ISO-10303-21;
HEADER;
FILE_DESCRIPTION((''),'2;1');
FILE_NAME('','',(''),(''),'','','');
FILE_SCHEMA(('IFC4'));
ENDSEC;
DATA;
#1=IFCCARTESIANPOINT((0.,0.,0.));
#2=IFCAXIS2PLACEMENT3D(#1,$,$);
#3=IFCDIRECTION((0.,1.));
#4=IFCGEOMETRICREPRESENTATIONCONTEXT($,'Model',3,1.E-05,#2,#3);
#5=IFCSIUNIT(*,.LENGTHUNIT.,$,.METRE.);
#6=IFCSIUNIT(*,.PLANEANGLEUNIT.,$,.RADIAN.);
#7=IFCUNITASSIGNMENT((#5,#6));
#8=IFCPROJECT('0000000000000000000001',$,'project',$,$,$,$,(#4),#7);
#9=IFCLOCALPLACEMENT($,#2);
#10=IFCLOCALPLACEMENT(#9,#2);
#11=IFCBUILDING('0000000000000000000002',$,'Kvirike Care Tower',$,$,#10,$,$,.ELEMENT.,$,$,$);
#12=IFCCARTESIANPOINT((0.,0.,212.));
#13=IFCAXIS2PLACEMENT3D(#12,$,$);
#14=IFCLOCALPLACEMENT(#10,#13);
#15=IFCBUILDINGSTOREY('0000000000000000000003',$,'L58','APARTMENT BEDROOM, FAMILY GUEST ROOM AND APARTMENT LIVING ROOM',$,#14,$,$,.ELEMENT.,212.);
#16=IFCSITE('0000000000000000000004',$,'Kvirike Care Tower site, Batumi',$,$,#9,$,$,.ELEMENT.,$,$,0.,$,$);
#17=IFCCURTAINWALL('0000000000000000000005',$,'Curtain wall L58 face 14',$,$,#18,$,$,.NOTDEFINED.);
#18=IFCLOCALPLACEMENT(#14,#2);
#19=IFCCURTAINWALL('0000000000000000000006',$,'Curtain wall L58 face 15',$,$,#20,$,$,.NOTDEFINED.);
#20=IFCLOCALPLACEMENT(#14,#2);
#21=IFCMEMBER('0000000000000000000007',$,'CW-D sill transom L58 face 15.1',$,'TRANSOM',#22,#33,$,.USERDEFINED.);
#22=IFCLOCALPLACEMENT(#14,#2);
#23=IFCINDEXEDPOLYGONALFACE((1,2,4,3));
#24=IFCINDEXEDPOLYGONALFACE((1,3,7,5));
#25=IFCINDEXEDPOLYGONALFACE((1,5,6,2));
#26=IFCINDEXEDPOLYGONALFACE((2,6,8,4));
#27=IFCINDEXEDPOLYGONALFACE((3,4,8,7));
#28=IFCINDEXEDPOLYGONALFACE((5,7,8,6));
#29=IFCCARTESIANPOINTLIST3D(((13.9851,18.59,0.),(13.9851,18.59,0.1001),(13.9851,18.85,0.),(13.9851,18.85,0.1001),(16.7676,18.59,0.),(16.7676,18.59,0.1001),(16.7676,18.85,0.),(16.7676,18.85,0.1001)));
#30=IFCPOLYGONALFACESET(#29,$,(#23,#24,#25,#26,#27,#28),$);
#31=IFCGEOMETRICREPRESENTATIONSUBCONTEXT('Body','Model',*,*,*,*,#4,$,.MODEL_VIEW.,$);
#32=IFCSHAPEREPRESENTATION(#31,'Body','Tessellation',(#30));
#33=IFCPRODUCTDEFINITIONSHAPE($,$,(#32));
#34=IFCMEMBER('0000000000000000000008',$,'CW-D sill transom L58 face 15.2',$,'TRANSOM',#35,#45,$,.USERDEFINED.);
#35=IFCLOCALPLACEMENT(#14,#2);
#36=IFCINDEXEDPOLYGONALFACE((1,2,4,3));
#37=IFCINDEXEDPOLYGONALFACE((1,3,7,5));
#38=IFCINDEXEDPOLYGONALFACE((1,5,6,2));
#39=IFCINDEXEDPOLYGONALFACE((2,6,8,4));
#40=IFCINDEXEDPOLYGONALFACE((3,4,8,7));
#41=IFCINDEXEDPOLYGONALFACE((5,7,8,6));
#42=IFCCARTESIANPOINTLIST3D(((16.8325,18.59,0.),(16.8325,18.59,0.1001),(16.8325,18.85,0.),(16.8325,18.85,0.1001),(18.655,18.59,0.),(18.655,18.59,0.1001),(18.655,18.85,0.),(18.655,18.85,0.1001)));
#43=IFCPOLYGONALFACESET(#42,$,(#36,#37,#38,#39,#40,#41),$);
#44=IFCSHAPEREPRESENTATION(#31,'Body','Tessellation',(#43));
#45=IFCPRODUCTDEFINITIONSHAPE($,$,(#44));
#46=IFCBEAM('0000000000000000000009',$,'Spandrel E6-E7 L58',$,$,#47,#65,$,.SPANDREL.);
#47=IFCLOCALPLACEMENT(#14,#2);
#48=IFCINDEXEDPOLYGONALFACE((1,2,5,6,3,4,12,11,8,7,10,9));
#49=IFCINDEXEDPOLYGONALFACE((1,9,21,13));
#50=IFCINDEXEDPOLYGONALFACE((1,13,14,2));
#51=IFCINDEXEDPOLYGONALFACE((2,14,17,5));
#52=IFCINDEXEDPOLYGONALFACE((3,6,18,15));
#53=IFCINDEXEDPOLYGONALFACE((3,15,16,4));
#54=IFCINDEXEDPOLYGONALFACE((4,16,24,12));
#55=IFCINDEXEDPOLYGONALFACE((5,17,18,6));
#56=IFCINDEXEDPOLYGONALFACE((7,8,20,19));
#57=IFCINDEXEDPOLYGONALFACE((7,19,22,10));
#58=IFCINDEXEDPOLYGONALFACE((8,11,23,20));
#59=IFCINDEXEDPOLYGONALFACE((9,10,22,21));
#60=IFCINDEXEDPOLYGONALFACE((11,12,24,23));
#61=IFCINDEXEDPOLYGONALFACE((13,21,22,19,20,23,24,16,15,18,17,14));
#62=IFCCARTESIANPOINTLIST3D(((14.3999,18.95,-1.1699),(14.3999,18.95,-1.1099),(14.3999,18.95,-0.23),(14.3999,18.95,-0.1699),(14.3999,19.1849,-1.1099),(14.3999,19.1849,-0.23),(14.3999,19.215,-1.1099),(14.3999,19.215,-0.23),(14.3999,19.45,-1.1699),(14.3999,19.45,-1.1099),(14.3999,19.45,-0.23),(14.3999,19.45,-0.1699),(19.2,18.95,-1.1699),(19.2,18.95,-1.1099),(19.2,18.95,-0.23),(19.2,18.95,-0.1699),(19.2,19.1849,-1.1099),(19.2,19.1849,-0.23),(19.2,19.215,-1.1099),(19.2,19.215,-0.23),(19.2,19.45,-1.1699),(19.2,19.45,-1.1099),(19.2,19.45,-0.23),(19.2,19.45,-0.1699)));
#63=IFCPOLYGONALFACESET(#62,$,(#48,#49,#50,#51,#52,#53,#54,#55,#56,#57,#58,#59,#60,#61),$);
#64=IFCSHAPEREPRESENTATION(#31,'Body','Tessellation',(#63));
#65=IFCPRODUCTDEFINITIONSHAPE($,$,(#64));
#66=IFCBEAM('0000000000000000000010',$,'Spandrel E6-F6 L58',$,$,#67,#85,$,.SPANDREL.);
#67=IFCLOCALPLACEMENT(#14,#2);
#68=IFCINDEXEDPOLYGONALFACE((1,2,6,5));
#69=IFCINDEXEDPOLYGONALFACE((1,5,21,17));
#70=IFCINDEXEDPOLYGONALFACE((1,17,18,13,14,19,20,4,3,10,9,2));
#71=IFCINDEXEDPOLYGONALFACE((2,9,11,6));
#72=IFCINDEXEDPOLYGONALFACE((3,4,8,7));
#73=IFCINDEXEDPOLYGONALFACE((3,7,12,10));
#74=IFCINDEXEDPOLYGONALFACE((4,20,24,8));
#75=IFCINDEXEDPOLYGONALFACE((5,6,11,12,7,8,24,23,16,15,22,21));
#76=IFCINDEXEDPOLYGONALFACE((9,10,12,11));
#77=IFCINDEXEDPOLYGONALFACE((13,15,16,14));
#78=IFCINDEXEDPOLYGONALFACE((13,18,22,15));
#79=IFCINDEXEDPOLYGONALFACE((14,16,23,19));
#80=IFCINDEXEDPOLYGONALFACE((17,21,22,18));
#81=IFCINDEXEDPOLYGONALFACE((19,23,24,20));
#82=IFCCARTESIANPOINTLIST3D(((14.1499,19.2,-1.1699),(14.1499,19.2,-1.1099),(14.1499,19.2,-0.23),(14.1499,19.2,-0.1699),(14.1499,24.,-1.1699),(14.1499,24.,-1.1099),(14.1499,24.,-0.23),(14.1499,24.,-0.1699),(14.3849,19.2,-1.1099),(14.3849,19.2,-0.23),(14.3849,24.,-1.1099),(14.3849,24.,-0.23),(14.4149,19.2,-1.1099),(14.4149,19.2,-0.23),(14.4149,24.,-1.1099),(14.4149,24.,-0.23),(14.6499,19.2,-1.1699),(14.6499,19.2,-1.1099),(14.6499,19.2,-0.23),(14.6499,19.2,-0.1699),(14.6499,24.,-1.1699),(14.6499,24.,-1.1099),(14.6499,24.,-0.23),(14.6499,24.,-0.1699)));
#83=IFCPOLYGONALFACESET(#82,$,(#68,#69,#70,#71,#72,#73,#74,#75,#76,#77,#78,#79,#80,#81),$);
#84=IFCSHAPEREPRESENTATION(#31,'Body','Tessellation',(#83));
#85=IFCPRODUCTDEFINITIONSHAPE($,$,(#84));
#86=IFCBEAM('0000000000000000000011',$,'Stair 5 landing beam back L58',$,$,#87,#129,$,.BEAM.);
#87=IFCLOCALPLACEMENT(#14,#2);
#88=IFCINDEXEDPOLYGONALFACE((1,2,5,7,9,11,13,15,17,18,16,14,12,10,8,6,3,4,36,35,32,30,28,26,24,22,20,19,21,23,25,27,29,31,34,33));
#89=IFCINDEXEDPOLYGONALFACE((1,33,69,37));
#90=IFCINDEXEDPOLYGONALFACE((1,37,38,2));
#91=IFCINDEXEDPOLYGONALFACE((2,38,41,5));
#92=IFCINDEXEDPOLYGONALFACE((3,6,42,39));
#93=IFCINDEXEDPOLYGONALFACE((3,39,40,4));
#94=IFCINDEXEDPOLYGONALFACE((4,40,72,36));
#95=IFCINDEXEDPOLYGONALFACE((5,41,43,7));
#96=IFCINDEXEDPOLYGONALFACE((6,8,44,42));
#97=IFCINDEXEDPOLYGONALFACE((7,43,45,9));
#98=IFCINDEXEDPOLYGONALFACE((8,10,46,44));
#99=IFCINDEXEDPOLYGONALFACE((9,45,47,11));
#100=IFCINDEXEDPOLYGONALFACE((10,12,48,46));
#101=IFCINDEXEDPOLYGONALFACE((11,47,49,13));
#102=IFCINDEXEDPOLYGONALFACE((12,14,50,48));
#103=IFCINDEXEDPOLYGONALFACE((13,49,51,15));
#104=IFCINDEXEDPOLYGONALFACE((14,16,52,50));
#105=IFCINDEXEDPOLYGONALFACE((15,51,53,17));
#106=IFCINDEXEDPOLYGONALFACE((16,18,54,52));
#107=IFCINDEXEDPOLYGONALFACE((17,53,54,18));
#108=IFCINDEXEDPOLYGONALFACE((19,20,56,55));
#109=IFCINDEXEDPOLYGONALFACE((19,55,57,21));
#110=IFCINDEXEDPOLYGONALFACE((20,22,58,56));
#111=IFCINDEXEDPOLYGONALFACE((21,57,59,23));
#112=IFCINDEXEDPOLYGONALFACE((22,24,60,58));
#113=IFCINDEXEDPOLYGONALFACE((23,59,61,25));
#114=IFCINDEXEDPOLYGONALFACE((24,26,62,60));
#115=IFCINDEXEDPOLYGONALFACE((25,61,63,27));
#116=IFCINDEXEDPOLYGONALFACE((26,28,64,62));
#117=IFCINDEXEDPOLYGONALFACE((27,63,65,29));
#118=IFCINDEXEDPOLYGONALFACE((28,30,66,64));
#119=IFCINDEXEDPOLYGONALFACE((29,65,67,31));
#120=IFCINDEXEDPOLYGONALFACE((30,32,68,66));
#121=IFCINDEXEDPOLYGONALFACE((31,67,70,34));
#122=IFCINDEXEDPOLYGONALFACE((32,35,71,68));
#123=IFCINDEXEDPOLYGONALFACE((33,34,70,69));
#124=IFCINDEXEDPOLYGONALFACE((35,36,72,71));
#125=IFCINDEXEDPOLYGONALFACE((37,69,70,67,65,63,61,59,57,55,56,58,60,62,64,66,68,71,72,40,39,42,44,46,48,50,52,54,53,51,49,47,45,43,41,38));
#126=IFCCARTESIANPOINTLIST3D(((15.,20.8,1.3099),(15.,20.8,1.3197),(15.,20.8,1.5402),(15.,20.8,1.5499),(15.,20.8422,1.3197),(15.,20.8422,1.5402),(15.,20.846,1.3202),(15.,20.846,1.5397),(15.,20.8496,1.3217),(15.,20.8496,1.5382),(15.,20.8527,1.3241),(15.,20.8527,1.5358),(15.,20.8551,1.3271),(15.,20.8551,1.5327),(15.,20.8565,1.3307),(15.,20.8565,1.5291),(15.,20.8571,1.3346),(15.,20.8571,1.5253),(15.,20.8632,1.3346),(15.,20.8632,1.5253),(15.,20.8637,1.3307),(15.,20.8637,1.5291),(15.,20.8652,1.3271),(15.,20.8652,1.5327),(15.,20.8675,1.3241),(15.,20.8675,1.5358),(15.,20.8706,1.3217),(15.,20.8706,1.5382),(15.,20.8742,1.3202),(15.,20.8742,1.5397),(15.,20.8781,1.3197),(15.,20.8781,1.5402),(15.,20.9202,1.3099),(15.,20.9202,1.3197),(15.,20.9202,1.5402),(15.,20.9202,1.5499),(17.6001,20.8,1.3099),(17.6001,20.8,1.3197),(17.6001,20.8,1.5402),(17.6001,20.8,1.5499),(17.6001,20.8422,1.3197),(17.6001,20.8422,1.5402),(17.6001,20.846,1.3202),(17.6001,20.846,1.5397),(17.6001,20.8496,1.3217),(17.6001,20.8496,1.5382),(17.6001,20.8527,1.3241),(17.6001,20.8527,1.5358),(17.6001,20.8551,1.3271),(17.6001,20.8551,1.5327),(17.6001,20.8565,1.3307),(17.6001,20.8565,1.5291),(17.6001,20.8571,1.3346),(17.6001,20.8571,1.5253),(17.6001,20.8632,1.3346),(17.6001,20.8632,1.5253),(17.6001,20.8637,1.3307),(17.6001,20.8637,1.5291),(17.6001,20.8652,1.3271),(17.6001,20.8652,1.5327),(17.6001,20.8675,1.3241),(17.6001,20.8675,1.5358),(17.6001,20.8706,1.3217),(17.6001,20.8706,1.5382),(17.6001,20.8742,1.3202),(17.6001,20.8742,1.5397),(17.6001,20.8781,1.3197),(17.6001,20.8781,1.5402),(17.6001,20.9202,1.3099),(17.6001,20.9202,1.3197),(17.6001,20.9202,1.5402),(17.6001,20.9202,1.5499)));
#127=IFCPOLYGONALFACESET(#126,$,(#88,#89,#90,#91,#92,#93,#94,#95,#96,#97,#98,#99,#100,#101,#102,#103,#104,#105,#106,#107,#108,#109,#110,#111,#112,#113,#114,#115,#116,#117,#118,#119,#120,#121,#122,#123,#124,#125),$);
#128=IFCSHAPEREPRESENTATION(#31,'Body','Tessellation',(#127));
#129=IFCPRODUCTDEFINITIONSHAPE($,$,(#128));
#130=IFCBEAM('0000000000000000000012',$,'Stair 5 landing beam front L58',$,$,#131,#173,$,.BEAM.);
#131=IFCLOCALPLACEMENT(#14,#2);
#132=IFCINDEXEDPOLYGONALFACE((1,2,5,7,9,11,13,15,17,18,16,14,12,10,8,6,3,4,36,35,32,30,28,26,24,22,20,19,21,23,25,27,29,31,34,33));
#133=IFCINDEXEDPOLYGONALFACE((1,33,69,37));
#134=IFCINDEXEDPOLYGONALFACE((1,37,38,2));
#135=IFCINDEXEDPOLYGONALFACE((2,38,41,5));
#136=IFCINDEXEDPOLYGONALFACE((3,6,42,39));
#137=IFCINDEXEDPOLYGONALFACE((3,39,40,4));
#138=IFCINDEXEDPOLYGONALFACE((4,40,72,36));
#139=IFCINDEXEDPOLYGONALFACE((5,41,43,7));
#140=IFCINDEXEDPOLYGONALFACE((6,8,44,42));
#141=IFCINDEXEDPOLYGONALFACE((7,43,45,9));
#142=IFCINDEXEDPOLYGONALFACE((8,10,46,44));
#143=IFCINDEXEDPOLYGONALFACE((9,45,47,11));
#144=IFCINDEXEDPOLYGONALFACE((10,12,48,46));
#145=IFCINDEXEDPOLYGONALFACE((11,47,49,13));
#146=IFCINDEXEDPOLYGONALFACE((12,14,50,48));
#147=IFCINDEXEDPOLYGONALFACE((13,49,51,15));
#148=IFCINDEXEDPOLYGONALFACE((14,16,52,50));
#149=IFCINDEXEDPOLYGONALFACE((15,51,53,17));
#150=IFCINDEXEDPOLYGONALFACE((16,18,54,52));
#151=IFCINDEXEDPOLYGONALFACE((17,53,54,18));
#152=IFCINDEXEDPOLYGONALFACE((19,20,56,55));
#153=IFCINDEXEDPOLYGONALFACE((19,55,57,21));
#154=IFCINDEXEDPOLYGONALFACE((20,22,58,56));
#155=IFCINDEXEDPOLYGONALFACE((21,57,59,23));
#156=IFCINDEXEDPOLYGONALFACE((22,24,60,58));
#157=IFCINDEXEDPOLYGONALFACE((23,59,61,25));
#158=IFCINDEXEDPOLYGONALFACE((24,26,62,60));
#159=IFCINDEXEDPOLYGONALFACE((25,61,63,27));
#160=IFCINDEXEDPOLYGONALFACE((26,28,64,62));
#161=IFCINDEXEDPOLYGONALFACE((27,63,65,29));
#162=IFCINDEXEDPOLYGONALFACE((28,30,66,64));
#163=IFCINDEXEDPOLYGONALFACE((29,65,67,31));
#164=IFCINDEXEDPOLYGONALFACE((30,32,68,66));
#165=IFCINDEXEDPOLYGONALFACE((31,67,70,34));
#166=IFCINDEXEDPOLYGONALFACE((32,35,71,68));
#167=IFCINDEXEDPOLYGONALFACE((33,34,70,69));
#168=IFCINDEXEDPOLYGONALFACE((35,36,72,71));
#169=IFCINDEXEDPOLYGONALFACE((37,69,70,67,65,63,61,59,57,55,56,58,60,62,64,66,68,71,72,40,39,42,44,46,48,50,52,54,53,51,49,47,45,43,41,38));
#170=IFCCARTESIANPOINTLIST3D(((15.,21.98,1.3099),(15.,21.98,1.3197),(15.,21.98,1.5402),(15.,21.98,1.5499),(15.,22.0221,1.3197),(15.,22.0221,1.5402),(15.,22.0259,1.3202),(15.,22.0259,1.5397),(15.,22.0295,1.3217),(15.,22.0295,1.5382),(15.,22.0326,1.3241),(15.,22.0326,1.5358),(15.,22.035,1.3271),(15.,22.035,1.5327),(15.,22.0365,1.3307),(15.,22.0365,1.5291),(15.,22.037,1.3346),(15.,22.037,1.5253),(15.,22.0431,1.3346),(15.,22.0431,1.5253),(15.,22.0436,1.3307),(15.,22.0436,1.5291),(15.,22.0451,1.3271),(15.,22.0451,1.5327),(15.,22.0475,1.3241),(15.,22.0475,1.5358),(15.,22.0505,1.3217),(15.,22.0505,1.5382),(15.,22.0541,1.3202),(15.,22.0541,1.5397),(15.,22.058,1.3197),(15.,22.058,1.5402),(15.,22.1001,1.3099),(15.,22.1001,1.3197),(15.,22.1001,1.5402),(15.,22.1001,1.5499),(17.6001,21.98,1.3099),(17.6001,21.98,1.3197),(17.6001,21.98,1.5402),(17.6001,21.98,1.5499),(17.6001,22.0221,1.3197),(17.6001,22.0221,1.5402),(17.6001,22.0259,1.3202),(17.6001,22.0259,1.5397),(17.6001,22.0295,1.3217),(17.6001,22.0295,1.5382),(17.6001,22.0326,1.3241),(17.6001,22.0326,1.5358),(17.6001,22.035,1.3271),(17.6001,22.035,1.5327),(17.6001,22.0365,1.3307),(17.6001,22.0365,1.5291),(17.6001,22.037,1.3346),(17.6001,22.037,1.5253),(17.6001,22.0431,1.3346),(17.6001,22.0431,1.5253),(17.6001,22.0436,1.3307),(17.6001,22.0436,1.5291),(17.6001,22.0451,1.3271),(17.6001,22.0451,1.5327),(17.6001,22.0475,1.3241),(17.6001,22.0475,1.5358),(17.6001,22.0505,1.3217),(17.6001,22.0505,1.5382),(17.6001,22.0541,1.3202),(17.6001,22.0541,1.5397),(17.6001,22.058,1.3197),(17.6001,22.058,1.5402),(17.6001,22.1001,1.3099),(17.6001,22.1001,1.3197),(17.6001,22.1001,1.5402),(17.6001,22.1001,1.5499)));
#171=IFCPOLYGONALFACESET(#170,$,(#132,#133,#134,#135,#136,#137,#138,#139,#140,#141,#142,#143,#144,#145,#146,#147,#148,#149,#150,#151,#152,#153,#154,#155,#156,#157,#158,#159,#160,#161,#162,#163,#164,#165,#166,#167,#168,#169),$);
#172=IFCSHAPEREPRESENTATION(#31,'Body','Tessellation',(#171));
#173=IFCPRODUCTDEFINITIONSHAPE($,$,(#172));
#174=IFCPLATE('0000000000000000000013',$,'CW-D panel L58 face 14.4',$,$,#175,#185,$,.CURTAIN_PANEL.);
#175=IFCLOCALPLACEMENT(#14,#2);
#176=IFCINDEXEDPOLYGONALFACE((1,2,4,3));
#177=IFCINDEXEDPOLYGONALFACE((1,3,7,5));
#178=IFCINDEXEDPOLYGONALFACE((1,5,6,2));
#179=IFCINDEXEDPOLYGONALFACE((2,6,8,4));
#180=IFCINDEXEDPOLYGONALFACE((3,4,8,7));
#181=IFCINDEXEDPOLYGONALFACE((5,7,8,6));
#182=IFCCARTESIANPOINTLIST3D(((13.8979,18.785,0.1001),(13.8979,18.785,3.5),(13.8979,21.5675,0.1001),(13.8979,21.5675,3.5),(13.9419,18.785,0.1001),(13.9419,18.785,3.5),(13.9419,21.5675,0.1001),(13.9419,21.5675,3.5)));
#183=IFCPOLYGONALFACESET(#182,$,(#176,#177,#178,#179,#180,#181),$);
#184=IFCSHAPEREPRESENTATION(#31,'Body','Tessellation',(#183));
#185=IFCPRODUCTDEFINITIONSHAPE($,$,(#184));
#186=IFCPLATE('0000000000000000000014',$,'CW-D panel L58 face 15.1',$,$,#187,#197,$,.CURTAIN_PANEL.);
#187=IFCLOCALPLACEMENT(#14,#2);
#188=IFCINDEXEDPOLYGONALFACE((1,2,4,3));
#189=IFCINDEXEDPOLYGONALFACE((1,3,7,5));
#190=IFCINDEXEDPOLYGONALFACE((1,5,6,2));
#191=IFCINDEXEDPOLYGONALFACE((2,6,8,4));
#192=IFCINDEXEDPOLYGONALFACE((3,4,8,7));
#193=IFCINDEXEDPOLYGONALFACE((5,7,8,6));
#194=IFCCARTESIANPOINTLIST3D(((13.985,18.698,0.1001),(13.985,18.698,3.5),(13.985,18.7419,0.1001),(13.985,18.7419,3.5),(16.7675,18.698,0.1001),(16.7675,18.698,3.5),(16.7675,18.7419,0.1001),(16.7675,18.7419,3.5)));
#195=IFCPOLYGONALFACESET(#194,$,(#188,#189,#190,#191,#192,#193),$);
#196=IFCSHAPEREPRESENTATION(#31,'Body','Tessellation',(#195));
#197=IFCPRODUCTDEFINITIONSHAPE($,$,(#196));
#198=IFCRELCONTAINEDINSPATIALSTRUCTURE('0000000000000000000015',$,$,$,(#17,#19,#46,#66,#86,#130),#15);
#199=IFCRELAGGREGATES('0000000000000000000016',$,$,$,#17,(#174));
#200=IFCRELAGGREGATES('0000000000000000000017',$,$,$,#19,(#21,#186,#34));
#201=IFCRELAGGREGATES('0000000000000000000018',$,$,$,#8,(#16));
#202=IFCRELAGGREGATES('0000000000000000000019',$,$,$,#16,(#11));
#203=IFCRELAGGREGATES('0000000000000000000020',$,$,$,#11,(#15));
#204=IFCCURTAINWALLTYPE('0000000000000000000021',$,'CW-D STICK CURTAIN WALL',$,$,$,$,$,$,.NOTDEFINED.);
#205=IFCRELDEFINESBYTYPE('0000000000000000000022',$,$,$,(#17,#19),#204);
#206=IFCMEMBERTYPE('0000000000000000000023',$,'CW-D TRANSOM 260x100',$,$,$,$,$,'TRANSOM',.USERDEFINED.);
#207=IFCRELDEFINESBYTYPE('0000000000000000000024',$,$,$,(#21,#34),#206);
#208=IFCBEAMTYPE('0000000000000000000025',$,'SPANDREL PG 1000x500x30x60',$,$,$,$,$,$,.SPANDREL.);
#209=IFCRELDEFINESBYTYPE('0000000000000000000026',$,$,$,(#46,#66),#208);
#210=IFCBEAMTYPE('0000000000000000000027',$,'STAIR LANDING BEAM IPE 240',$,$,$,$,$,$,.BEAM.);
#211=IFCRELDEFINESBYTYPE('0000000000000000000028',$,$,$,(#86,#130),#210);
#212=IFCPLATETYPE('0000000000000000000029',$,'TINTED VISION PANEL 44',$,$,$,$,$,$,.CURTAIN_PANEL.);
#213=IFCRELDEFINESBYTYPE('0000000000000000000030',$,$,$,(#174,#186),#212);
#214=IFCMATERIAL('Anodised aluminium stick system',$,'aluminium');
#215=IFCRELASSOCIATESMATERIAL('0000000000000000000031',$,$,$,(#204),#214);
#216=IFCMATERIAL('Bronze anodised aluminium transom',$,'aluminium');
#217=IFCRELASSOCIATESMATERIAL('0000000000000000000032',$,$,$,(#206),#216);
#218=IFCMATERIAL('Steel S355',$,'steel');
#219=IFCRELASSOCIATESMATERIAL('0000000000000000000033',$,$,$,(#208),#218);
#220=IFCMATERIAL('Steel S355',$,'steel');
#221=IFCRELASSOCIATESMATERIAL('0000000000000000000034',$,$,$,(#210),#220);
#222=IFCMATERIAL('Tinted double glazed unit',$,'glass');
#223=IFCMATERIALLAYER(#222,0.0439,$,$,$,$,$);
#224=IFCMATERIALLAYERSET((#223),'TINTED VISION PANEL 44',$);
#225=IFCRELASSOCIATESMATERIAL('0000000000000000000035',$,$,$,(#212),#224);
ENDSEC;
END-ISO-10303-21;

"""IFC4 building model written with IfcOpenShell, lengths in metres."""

from ifc_helpers import new_model, si_unit, direction, frame, origin, origin_2d, place, context, subcontext, project, spatial, rectangle, i_section, extrude, material, layer, layer_set, material_profile, profile_set, type_object, element, aggregate, save


model = new_model("IFC4")

# Units and contexts
model_context = context("Model", 3, precision=1e-05, world=origin(), true_north=direction((0.0, 1.0)))
body_context = subcontext(model_context, "Body", "Model", "MODEL_VIEW")
ifc_project = project(units=[si_unit("LENGTHUNIT", "METRE"), si_unit("PLANEANGLEUNIT", "RADIAN")], contexts=[model_context])

# Site, building, storey
site_placement = place(None, origin())
site = spatial("IfcSite", under=ifc_project, at=site_placement, Name="Kvirike Care Tower site, Batumi", CompositionType="ELEMENT", RefElevation=0.0)
building_placement = place(site_placement, origin())
building = spatial("IfcBuilding", under=site, at=building_placement, Name="Kvirike Care Tower", CompositionType="ELEMENT")
storey_placement = place(building_placement, frame((0.0, 0.0, 212.0)))
storey = spatial("IfcBuildingStorey", under=building, at=storey_placement, Name="L58", Description="APARTMENT BEDROOM, FAMILY GUEST ROOM AND APARTMENT LIVING ROOM", CompositionType="ELEMENT", Elevation=212.0)

# Curtain walls
ifc_material_1 = material(Name="Anodised aluminium stick system", Category="aluminium")
curtain_wall_type = type_object("IfcCurtainWallType", Name="CW-D STICK CURTAIN WALL", PredefinedType="NOTDEFINED", material=ifc_material_1)
curtain_wall_1_placement = place(storey_placement, origin())
curtain_wall_1 = element("IfcCurtainWall", 1, at=curtain_wall_1_placement, inside=storey, type_object=curtain_wall_type, Name="Curtain wall L58 face 14", PredefinedType="NOTDEFINED")
curtain_wall_2_placement = place(storey_placement, origin())
curtain_wall_2 = element("IfcCurtainWall", 2, at=curtain_wall_2_placement, inside=storey, type_object=curtain_wall_type, Name="Curtain wall L58 face 15", PredefinedType="NOTDEFINED")

# Members
ifc_material_2 = material(Name="Bronze anodised aluminium transom", Category="aluminium")
ifc_material_profile_1 = material_profile(ifc_material_2, rectangle(XDim=0.26, YDim=0.1001, at=origin_2d()), Name="CW-D TRANSOM 260x100")
ifc_profile_set_1 = profile_set([ifc_material_profile_1], Name="Bronze anodised aluminium transom")
member_type_1 = type_object("IfcMemberType", Name="CW-D TRANSOM 260x100", ElementType="TRANSOM", PredefinedType="USERDEFINED", material=ifc_profile_set_1)
member_1_placement = place(storey_placement, frame((13.9851, 18.72, 0.05), z_axis=(1.0, 0.0, 0.0), x_axis=(0.0, 1.0, 0.0)))
member_1 = element("IfcMember", 3, at=member_1_placement, type_object=member_type_1, Name="CW-D sill transom L58 face 15.1", ObjectType="TRANSOM", PredefinedType="USERDEFINED", context=body_context, shape_type="SweptSolid", body=[
    extrude(rectangle(XDim=0.26, YDim=0.1001, at=origin_2d()), origin(), (0.0, 0.0, 1.0), 2.7825),
])
member_2_placement = place(storey_placement, frame((16.8325, 18.72, 0.05), z_axis=(1.0, 0.0, 0.0), x_axis=(0.0, 1.0, 0.0)))
member_2 = element("IfcMember", 4, at=member_2_placement, type_object=member_type_1, Name="CW-D sill transom L58 face 15.2", ObjectType="TRANSOM", PredefinedType="USERDEFINED", context=body_context, shape_type="SweptSolid", body=[
    extrude(rectangle(XDim=0.26, YDim=0.1001, at=origin_2d()), origin(), (0.0, 0.0, 1.0), 1.8225),
])

# Beams
ifc_material_3 = material(Name="Steel S355", Category="steel")
ifc_material_profile_2 = material_profile(ifc_material_3, i_section(OverallWidth=0.5, OverallDepth=1.0, WebThickness=0.03, FlangeThickness=0.0601, at=origin_2d()), Name="PG 1000x500x30x60")
ifc_profile_set_2 = profile_set([ifc_material_profile_2], Name="Steel S355")
beam_type_1 = type_object("IfcBeamType", Name="SPANDREL PG 1000x500x30x60", PredefinedType="SPANDREL", material=ifc_profile_set_2)
for number, where, z_axis, x_axis, name in (
    (5, (14.3999, 19.2, -0.6699), (1.0, 0.0, 0.0), (0.0, 1.0, 0.0), "Spandrel E6-E7 L58"),
    (6, (14.3999, 19.2, -0.6699), (0.0, 1.0, 0.0), (-1.0, 0.0, 0.0), "Spandrel E6-F6 L58"),
):
    element("IfcBeam", number, at=place(storey_placement, frame(where, z_axis=z_axis, x_axis=x_axis)), inside=storey, type_object=beam_type_1, Name=name, PredefinedType="SPANDREL", context=body_context, shape_type="SweptSolid", body=[
        extrude(i_section(OverallWidth=0.5, OverallDepth=1.0, WebThickness=0.03, FlangeThickness=0.0601, at=origin_2d()), origin(), (0.0, 0.0, 1.0), 4.8),
    ])
ifc_material_4 = material(Name="Steel S355", Category="steel")
ifc_material_profile_3 = material_profile(ifc_material_4, i_section(OverallWidth=0.1201, OverallDepth=0.24, WebThickness=0.0061, FlangeThickness=0.0098, FilletRadius=0.0149, at=origin_2d()), Name="IPE 240")
ifc_profile_set_3 = profile_set([ifc_material_profile_3], Name="Steel S355")
beam_type_2 = type_object("IfcBeamType", Name="STAIR LANDING BEAM IPE 240", PredefinedType="BEAM", material=ifc_profile_set_3)
for number, where, z_axis, x_axis, name in (
    (7, (15.0, 20.8601, 1.4299), (1.0, 0.0, 0.0), (0.0, 1.0, 0.0), "Stair 5 landing beam back L58"),
    (8, (15.0, 22.04, 1.4299), (1.0, 0.0, 0.0), (0.0, 1.0, 0.0), "Stair 5 landing beam front L58"),
):
    element("IfcBeam", number, at=place(storey_placement, frame(where, z_axis=z_axis, x_axis=x_axis)), inside=storey, type_object=beam_type_2, Name=name, PredefinedType="BEAM", context=body_context, shape_type="SweptSolid", body=[
        extrude(i_section(OverallWidth=0.1201, OverallDepth=0.24, WebThickness=0.0061, FlangeThickness=0.0098, FilletRadius=0.0149, at=origin_2d()), origin(), (0.0, 0.0, 1.0), 2.6001),
    ])

# Plates
ifc_material_5 = material(Name="Tinted double glazed unit", Category="glass")
ifc_layer_1 = layer(ifc_material_5, 0.0439)
ifc_layer_set_1 = layer_set([ifc_layer_1], Name="TINTED VISION PANEL 44")
plate_type = type_object("IfcPlateType", Name="TINTED VISION PANEL 44", PredefinedType="CURTAIN_PANEL", material=ifc_layer_set_1)
plate_1_placement = place(storey_placement, frame((13.9199, 20.1763, 0.1001), z_axis=(0.0, 0.0, 1.0), x_axis=(0.0, -1.0, 0.0)))
plate_1 = element("IfcPlate", 9, at=plate_1_placement, type_object=plate_type, Name="CW-D panel L58 face 14.4", PredefinedType="CURTAIN_PANEL", context=body_context, shape_type="SweptSolid", body=[
    extrude(rectangle(XDim=2.7825, YDim=0.0439, at=origin_2d()), origin(), (0.0, 0.0, 1.0), 3.3999),
])
aggregate(curtain_wall_1, [plate_1])
plate_2_placement = place(storey_placement, frame((15.3762, 18.72, 0.1001), z_axis=(0.0, 0.0, 1.0), x_axis=(1.0, 0.0, 0.0)))
plate_2 = element("IfcPlate", 10, at=plate_2_placement, type_object=plate_type, Name="CW-D panel L58 face 15.1", PredefinedType="CURTAIN_PANEL", context=body_context, shape_type="SweptSolid", body=[
    extrude(rectangle(XDim=2.7825, YDim=0.0439, at=origin_2d()), origin(), (0.0, 0.0, 1.0), 3.3999),
])
aggregate(curtain_wall_2, [member_1, plate_2, member_2])

save(model, "model.ifc")
